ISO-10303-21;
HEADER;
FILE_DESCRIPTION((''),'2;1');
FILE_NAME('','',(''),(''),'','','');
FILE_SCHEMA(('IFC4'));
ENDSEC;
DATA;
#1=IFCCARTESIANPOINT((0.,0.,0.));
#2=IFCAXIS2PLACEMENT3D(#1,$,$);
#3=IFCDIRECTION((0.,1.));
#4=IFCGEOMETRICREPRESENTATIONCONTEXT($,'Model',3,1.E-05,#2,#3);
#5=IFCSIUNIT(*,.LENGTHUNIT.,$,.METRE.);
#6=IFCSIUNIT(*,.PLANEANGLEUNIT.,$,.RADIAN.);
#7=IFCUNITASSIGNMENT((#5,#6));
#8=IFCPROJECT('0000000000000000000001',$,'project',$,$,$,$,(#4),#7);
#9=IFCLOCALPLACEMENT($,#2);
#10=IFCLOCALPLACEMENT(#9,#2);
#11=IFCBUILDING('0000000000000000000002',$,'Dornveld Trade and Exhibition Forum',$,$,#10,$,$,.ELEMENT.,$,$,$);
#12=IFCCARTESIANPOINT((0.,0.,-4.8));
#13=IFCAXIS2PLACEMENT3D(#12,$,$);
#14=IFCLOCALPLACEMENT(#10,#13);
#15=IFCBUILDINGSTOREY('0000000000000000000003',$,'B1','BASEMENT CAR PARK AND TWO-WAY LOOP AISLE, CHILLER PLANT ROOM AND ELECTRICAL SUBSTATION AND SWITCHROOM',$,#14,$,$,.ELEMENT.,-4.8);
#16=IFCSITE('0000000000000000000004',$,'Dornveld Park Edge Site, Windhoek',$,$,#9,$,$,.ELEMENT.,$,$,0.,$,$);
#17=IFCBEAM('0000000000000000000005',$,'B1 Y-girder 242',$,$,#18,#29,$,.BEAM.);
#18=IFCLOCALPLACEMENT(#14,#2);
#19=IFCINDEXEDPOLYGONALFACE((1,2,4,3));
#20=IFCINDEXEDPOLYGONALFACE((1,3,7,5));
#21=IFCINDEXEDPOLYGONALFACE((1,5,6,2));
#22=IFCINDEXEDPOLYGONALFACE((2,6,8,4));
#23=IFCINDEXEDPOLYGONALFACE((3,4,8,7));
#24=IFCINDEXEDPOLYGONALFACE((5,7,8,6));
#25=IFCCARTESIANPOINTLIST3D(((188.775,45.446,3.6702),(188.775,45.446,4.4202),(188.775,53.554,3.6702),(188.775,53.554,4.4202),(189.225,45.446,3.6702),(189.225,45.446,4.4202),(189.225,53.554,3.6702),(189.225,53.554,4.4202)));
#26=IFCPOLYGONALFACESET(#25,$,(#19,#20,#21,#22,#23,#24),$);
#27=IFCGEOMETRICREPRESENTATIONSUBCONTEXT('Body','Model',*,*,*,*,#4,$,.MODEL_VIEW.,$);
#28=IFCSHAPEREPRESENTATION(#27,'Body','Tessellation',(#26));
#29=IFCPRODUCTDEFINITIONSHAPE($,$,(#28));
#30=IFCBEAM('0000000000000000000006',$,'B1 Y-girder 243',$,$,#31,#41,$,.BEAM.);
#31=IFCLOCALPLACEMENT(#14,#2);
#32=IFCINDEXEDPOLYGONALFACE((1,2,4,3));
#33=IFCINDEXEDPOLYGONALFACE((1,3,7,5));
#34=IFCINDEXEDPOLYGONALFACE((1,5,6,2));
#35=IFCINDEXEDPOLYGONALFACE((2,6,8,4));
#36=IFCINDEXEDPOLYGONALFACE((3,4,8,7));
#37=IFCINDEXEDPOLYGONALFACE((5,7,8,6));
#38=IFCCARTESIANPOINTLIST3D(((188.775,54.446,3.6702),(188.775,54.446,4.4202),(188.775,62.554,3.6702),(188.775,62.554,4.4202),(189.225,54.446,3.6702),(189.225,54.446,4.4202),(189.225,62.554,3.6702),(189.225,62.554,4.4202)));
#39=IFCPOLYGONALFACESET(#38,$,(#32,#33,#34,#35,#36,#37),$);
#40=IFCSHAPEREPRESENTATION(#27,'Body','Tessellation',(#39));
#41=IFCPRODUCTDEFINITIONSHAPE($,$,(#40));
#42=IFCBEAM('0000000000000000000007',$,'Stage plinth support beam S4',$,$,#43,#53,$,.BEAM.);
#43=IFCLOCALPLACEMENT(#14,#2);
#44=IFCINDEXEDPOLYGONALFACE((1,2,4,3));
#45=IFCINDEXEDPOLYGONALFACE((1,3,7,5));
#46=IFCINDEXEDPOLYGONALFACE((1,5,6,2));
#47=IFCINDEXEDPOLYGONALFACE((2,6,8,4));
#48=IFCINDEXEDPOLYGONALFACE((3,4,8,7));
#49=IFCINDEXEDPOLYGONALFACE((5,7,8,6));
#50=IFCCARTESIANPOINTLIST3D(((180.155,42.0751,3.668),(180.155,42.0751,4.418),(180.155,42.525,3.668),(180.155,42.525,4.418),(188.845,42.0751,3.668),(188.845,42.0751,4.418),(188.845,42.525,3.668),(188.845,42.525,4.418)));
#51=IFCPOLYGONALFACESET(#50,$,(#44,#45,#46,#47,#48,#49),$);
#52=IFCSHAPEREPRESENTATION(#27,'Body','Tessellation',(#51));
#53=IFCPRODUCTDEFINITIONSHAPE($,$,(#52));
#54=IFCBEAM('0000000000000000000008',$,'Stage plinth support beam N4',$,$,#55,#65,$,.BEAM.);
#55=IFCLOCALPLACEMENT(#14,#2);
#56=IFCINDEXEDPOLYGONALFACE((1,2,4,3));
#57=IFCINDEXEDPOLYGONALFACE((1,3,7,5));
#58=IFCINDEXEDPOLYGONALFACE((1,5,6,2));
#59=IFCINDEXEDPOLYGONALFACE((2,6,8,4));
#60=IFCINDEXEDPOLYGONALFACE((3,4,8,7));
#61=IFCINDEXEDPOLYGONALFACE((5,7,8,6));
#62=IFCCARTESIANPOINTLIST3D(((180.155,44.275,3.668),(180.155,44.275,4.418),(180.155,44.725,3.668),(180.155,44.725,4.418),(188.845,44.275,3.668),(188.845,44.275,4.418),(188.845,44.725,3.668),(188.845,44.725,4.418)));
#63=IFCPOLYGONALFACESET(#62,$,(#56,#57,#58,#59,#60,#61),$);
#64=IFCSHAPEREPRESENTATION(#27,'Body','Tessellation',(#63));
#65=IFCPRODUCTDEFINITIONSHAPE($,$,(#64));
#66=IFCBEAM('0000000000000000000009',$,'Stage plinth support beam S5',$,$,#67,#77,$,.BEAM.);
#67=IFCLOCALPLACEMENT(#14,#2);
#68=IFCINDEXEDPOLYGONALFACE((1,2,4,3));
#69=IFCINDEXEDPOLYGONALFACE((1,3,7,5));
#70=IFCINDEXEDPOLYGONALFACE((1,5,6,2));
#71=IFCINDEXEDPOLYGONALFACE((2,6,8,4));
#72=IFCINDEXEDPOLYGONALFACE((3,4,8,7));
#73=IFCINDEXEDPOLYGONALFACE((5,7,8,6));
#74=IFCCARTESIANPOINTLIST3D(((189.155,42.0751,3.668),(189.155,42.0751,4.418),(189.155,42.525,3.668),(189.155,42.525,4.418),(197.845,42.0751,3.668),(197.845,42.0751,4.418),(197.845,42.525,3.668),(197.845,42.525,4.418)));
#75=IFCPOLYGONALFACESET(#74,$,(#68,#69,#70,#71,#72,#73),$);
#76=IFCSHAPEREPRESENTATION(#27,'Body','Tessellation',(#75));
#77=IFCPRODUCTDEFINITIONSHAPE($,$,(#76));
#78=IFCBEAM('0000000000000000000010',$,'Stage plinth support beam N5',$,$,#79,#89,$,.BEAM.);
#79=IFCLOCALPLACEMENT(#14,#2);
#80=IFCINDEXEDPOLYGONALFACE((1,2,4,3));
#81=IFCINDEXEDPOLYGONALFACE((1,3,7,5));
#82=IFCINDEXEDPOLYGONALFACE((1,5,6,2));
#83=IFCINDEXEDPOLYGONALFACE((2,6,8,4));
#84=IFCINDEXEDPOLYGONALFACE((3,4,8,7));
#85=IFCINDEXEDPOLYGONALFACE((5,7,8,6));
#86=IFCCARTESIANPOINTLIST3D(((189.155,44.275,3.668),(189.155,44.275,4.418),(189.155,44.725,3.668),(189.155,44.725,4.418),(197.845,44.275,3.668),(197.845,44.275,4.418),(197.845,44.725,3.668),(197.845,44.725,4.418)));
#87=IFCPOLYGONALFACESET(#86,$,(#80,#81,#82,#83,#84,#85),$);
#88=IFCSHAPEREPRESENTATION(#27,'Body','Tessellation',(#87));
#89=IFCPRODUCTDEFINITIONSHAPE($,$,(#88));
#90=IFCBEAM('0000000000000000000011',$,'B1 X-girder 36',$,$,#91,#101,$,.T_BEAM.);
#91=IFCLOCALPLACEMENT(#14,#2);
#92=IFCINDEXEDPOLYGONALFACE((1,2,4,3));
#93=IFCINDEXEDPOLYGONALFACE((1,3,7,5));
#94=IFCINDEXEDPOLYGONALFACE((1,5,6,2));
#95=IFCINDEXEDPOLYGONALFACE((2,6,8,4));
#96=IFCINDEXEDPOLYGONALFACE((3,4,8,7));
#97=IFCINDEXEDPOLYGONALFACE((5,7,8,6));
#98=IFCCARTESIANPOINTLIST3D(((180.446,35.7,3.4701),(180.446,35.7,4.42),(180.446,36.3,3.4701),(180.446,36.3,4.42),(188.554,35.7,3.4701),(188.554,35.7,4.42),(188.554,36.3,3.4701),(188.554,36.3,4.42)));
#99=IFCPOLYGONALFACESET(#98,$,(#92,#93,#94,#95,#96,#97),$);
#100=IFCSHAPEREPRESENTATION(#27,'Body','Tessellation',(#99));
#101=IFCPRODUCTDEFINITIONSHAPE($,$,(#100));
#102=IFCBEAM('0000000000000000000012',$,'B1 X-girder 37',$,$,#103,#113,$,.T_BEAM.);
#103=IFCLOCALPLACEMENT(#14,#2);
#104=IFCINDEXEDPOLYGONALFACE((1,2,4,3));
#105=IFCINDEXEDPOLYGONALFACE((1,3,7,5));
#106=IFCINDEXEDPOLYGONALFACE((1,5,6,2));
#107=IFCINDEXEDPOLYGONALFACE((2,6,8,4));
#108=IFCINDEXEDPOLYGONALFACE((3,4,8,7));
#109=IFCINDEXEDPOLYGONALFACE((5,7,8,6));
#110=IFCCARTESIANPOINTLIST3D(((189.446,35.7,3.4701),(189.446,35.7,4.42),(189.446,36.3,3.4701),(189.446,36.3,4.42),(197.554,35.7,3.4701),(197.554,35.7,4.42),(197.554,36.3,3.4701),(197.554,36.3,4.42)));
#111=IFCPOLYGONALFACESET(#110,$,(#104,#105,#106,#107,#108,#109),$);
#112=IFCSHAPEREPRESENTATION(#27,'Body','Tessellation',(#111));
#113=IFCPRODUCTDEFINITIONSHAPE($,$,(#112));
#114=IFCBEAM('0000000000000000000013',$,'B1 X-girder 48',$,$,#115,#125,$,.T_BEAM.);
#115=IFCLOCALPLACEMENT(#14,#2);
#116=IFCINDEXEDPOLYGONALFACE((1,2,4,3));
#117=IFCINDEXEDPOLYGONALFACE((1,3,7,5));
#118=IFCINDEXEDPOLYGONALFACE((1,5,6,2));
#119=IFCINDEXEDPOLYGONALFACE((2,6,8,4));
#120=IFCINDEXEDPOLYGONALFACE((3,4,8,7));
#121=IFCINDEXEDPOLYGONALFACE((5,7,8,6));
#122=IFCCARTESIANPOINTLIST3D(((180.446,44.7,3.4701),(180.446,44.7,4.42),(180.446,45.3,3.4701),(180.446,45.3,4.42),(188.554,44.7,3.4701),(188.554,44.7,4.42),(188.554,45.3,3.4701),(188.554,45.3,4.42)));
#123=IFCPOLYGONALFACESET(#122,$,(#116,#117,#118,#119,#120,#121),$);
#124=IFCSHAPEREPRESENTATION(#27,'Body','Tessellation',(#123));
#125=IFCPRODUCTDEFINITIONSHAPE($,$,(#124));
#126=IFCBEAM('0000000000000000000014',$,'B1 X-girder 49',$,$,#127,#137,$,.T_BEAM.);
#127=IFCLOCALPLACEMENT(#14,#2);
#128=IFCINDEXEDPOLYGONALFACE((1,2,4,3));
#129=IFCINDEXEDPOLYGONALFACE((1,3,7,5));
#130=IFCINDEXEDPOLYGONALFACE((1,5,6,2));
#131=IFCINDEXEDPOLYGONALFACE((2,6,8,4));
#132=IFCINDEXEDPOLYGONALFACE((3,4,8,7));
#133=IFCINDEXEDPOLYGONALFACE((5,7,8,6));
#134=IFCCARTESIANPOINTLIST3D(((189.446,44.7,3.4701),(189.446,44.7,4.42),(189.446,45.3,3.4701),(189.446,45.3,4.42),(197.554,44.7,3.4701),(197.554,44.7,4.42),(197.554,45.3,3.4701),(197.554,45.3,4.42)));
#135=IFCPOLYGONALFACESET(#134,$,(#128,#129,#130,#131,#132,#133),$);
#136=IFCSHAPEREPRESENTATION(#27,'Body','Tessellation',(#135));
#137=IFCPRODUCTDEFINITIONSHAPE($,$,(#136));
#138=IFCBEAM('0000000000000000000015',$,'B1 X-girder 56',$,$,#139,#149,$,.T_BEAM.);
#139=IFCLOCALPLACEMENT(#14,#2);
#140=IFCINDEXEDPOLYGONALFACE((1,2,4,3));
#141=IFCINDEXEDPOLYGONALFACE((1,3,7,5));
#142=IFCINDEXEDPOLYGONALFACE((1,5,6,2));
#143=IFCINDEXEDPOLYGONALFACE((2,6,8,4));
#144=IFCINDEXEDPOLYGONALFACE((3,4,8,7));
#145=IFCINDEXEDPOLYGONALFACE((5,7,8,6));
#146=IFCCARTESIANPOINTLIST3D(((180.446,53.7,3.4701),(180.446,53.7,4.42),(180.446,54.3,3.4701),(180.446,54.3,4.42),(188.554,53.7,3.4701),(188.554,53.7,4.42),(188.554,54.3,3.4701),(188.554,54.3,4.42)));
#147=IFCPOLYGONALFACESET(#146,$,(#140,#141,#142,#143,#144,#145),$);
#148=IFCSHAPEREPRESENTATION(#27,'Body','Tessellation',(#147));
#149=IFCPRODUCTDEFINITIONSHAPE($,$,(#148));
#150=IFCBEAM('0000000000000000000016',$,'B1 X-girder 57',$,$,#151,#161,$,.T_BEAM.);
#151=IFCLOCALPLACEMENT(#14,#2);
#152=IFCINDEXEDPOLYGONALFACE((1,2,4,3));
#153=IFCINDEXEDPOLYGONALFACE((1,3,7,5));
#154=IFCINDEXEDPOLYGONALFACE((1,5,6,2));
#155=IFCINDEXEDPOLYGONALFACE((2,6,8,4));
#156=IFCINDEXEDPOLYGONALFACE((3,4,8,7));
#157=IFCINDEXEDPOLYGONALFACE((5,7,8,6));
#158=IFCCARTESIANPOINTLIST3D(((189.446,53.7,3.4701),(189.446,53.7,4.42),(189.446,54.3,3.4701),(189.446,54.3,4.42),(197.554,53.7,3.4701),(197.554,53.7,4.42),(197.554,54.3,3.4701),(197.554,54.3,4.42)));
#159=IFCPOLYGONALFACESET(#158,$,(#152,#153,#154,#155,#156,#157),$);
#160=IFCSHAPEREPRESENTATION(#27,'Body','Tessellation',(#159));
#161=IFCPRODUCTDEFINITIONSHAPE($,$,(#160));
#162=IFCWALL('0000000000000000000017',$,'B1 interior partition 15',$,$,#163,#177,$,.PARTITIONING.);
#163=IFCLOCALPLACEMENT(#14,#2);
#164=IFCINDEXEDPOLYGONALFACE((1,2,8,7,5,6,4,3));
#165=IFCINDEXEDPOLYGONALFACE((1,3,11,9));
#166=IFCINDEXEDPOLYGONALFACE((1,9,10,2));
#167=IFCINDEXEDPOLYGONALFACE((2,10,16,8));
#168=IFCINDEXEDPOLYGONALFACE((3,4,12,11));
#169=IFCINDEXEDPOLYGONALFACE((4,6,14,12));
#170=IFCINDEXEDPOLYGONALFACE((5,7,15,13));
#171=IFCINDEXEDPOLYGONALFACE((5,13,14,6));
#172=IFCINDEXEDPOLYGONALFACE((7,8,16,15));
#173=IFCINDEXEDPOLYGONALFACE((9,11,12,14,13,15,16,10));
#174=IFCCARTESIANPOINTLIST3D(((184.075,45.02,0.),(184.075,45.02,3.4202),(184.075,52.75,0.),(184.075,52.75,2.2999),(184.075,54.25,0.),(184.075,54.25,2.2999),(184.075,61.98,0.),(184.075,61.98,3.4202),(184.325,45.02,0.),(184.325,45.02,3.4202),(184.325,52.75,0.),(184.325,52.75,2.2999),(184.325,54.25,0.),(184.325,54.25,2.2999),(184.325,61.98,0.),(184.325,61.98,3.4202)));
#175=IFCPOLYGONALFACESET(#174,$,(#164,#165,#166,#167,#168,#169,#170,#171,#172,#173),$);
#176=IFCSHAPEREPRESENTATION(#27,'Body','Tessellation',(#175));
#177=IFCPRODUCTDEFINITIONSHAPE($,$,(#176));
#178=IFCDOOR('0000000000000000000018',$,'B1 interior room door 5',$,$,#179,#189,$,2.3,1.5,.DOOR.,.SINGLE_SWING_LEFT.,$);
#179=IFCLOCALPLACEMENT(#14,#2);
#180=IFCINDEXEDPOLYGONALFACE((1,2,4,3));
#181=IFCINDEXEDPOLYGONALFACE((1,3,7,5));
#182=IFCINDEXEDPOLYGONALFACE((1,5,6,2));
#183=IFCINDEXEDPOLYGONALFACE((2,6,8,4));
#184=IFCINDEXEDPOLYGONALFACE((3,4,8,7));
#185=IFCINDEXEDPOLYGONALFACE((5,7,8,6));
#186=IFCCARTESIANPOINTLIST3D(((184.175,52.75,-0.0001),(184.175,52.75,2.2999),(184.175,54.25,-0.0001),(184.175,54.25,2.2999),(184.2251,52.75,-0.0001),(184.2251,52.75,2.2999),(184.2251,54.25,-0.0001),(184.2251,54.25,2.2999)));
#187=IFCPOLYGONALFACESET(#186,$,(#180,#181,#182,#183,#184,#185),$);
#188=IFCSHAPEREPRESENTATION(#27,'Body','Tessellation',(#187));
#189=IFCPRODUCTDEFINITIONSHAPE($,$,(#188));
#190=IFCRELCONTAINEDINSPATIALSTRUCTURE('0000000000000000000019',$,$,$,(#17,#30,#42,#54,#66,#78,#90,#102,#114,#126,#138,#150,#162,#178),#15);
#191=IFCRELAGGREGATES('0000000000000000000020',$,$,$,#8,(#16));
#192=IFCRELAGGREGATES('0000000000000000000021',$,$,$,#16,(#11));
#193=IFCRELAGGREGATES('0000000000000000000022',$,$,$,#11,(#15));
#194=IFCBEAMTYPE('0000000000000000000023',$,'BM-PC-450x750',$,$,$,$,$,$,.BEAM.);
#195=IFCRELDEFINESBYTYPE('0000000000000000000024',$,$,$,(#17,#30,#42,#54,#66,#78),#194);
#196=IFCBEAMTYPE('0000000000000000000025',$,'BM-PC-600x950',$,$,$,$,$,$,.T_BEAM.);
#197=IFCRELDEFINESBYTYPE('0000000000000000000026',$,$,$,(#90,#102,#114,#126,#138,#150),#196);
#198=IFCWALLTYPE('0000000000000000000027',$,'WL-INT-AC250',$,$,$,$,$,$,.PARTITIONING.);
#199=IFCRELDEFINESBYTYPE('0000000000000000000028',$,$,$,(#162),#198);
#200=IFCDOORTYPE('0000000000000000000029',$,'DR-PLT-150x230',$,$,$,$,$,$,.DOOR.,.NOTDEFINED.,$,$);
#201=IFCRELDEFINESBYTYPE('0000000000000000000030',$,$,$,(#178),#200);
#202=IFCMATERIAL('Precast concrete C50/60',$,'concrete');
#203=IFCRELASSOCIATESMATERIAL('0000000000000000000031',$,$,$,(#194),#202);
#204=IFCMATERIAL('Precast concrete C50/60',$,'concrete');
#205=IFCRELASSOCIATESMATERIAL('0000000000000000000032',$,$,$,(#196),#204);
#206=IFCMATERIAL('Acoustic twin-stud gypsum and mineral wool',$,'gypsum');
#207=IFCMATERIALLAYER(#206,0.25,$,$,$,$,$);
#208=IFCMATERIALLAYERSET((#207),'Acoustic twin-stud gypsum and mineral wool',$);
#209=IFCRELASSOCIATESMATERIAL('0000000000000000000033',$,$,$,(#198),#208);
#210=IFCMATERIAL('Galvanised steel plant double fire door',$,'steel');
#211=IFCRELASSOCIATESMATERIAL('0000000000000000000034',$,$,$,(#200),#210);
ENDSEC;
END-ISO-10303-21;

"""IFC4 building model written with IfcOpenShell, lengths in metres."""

from ifc_helpers import new_model, si_unit, direction, frame, frame_2d, origin, origin_2d, place, context, subcontext, project, spatial, rectangle, extrude, material, layer, layer_set, material_profile, profile_set, type_object, element, fill, save


model = new_model("IFC4")

# Units and contexts
model_context = context("Model", 3, precision=1e-05, world=origin(), true_north=direction((0.0, 1.0)))
body_context = subcontext(model_context, "Body", "Model", "MODEL_VIEW")
ifc_project = project(units=[si_unit("LENGTHUNIT", "METRE"), si_unit("PLANEANGLEUNIT", "RADIAN")], contexts=[model_context])

# Site, building, storey
site_placement = place(None, origin())
site = spatial("IfcSite", under=ifc_project, at=site_placement, Name="Dornveld Park Edge Site, Windhoek", CompositionType="ELEMENT", RefElevation=0.0)
building_placement = place(site_placement, origin())
building = spatial("IfcBuilding", under=site, at=building_placement, Name="Dornveld Trade and Exhibition Forum", CompositionType="ELEMENT")
storey_placement = place(building_placement, frame((0.0, 0.0, -4.8)))
storey = spatial("IfcBuildingStorey", under=building, at=storey_placement, Name="B1", Description="BASEMENT CAR PARK AND TWO-WAY LOOP AISLE, CHILLER PLANT ROOM AND ELECTRICAL SUBSTATION AND SWITCHROOM", CompositionType="ELEMENT", Elevation=-4.8)

# Beams
ifc_material_1 = material(Name="Precast concrete C50/60", Category="concrete")
ifc_material_profile_1 = material_profile(ifc_material_1, rectangle(XDim=0.45, YDim=0.75, at=origin_2d()), Name="PC-BM 450x750")
ifc_profile_set_1 = profile_set([ifc_material_profile_1], Name="Precast concrete C50/60")
beam_type_1 = type_object("IfcBeamType", Name="BM-PC-450x750", PredefinedType="BEAM", material=ifc_profile_set_1)
for number, where, z_axis, x_axis, name in (
    (1, (189.0, 45.446, 4.0452), (0.0, 1.0, 0.0), (-1.0, 0.0, 0.0), "B1 Y-girder 242"),
    (2, (189.0, 54.446, 4.0452), (0.0, 1.0, 0.0), (-1.0, 0.0, 0.0), "B1 Y-girder 243"),
):
    element("IfcBeam", number, at=place(storey_placement, frame(where, z_axis=z_axis, x_axis=x_axis)), inside=storey, type_object=beam_type_1, Name=name, PredefinedType="BEAM", context=body_context, shape_type="SweptSolid", body=[
        extrude(rectangle(XDim=0.45, YDim=0.75, at=origin_2d()), origin(), (0.0, 0.0, 1.0), 8.1079),
    ])
for number, where, z_axis, x_axis, name in (
    (3, (180.155, 42.3, 4.043), (1.0, 0.0, 0.0), (0.0, 1.0, 0.0), "Stage plinth support beam S4"),
    (4, (180.155, 44.5, 4.043), (1.0, 0.0, 0.0), (0.0, 1.0, 0.0), "Stage plinth support beam N4"),
    (5, (189.155, 42.3, 4.043), (1.0, 0.0, 0.0), (0.0, 1.0, 0.0), "Stage plinth support beam S5"),
    (6, (189.155, 44.5, 4.043), (1.0, 0.0, 0.0), (0.0, 1.0, 0.0), "Stage plinth support beam N5"),
):
    element("IfcBeam", number, at=place(storey_placement, frame(where, z_axis=z_axis, x_axis=x_axis)), inside=storey, type_object=beam_type_1, Name=name, PredefinedType="BEAM", context=body_context, shape_type="SweptSolid", body=[
        extrude(rectangle(XDim=0.45, YDim=0.75, at=origin_2d()), origin(), (0.0, 0.0, 1.0), 8.6899),
    ])
ifc_material_2 = material(Name="Precast concrete C50/60", Category="concrete")
ifc_material_profile_2 = material_profile(ifc_material_2, rectangle(XDim=0.6001, YDim=0.95, at=origin_2d()), Name="PC-GIR 600x950")
ifc_profile_set_2 = profile_set([ifc_material_profile_2], Name="Precast concrete C50/60")
beam_type_2 = type_object("IfcBeamType", Name="BM-PC-600x950", PredefinedType="T_BEAM", material=ifc_profile_set_2)
for number, where, z_axis, x_axis, name in (
    (7, (180.446, 36.0, 3.9451), (1.0, 0.0, 0.0), (0.0, 1.0, 0.0), "B1 X-girder 36"),
    (8, (189.446, 36.0, 3.9451), (1.0, 0.0, 0.0), (0.0, 1.0, 0.0), "B1 X-girder 37"),
    (9, (180.446, 45.0, 3.9451), (1.0, 0.0, 0.0), (0.0, 1.0, 0.0), "B1 X-girder 48"),
    (10, (189.446, 45.0, 3.9451), (1.0, 0.0, 0.0), (0.0, 1.0, 0.0), "B1 X-girder 49"),
    (11, (180.446, 54.0, 3.9451), (1.0, 0.0, 0.0), (0.0, 1.0, 0.0), "B1 X-girder 56"),
    (12, (189.446, 54.0, 3.9451), (1.0, 0.0, 0.0), (0.0, 1.0, 0.0), "B1 X-girder 57"),
):
    element("IfcBeam", number, at=place(storey_placement, frame(where, z_axis=z_axis, x_axis=x_axis)), inside=storey, type_object=beam_type_2, Name=name, PredefinedType="T_BEAM", context=body_context, shape_type="SweptSolid", body=[
        extrude(rectangle(XDim=0.6001, YDim=0.95, at=origin_2d()), origin(), (0.0, 0.0, 1.0), 8.1079),
    ])

# Wall, opening, door
ifc_material_3 = material(Name="Acoustic twin-stud gypsum and mineral wool", Category="gypsum")
ifc_layer = layer(ifc_material_3, 0.25)
ifc_layer_set = layer_set([ifc_layer], Name="Acoustic twin-stud gypsum and mineral wool")
wall_type = type_object("IfcWallType", Name="WL-INT-AC250", PredefinedType="PARTITIONING", material=ifc_layer_set)
wall_placement = place(storey_placement, frame((184.2, 45.02, 0.0), z_axis=(0.0, 0.0, 1.0), x_axis=(0.0, 1.0, 0.0)))
wall = element("IfcWall", 13, at=wall_placement, inside=storey, type_object=wall_type, Name="B1 interior partition 15", PredefinedType="PARTITIONING", context=body_context, shape_type="SweptSolid", body=[
    extrude(rectangle(XDim=16.96, YDim=0.25, at=frame_2d((8.48, 0.0))), origin(), (0.0, 0.0, 1.0), 3.4202),
])
opening_placement = place(wall_placement, frame((7.73, 0.0, 0.0)))
opening = element("IfcOpeningElement", 14, at=opening_placement, cuts=wall, PredefinedType="OPENING", context=body_context, shape_type="SweptSolid", body=[
    extrude(rectangle(XDim=1.5, YDim=2.3, at=frame_2d((0.75, 1.1499))), frame((0.0, 0.135, 0.0), z_axis=(0.0, -1.0, 0.0), x_axis=(1.0, 0.0, 0.0)), (0.0, 0.0, 1.0), 0.27),
])
ifc_material_4 = material(Name="Galvanised steel plant double fire door", Category="steel")
door_type = type_object("IfcDoorType", Name="DR-PLT-150x230", OperationType="NOTDEFINED", PredefinedType="DOOR", material=ifc_material_4)
door_placement = place(opening_placement, origin())
door = element("IfcDoor", 15, at=door_placement, inside=storey, type_object=door_type, Name="B1 interior room door 5", OperationType="SINGLE_SWING_LEFT", OverallHeight=2.3, OverallWidth=1.5, PredefinedType="DOOR", context=body_context, shape_type="SweptSolid", body=[
    extrude(rectangle(XDim=1.5, YDim=2.3, at=frame_2d((0.75, 1.1499))), frame((0.0, 0.0249, 0.0), z_axis=(0.0, -1.0, 0.0), x_axis=(1.0, 0.0, 0.0)), (0.0, 0.0, 1.0), 0.05),
])
fill(opening, door)

save(model, "model.ifc")
